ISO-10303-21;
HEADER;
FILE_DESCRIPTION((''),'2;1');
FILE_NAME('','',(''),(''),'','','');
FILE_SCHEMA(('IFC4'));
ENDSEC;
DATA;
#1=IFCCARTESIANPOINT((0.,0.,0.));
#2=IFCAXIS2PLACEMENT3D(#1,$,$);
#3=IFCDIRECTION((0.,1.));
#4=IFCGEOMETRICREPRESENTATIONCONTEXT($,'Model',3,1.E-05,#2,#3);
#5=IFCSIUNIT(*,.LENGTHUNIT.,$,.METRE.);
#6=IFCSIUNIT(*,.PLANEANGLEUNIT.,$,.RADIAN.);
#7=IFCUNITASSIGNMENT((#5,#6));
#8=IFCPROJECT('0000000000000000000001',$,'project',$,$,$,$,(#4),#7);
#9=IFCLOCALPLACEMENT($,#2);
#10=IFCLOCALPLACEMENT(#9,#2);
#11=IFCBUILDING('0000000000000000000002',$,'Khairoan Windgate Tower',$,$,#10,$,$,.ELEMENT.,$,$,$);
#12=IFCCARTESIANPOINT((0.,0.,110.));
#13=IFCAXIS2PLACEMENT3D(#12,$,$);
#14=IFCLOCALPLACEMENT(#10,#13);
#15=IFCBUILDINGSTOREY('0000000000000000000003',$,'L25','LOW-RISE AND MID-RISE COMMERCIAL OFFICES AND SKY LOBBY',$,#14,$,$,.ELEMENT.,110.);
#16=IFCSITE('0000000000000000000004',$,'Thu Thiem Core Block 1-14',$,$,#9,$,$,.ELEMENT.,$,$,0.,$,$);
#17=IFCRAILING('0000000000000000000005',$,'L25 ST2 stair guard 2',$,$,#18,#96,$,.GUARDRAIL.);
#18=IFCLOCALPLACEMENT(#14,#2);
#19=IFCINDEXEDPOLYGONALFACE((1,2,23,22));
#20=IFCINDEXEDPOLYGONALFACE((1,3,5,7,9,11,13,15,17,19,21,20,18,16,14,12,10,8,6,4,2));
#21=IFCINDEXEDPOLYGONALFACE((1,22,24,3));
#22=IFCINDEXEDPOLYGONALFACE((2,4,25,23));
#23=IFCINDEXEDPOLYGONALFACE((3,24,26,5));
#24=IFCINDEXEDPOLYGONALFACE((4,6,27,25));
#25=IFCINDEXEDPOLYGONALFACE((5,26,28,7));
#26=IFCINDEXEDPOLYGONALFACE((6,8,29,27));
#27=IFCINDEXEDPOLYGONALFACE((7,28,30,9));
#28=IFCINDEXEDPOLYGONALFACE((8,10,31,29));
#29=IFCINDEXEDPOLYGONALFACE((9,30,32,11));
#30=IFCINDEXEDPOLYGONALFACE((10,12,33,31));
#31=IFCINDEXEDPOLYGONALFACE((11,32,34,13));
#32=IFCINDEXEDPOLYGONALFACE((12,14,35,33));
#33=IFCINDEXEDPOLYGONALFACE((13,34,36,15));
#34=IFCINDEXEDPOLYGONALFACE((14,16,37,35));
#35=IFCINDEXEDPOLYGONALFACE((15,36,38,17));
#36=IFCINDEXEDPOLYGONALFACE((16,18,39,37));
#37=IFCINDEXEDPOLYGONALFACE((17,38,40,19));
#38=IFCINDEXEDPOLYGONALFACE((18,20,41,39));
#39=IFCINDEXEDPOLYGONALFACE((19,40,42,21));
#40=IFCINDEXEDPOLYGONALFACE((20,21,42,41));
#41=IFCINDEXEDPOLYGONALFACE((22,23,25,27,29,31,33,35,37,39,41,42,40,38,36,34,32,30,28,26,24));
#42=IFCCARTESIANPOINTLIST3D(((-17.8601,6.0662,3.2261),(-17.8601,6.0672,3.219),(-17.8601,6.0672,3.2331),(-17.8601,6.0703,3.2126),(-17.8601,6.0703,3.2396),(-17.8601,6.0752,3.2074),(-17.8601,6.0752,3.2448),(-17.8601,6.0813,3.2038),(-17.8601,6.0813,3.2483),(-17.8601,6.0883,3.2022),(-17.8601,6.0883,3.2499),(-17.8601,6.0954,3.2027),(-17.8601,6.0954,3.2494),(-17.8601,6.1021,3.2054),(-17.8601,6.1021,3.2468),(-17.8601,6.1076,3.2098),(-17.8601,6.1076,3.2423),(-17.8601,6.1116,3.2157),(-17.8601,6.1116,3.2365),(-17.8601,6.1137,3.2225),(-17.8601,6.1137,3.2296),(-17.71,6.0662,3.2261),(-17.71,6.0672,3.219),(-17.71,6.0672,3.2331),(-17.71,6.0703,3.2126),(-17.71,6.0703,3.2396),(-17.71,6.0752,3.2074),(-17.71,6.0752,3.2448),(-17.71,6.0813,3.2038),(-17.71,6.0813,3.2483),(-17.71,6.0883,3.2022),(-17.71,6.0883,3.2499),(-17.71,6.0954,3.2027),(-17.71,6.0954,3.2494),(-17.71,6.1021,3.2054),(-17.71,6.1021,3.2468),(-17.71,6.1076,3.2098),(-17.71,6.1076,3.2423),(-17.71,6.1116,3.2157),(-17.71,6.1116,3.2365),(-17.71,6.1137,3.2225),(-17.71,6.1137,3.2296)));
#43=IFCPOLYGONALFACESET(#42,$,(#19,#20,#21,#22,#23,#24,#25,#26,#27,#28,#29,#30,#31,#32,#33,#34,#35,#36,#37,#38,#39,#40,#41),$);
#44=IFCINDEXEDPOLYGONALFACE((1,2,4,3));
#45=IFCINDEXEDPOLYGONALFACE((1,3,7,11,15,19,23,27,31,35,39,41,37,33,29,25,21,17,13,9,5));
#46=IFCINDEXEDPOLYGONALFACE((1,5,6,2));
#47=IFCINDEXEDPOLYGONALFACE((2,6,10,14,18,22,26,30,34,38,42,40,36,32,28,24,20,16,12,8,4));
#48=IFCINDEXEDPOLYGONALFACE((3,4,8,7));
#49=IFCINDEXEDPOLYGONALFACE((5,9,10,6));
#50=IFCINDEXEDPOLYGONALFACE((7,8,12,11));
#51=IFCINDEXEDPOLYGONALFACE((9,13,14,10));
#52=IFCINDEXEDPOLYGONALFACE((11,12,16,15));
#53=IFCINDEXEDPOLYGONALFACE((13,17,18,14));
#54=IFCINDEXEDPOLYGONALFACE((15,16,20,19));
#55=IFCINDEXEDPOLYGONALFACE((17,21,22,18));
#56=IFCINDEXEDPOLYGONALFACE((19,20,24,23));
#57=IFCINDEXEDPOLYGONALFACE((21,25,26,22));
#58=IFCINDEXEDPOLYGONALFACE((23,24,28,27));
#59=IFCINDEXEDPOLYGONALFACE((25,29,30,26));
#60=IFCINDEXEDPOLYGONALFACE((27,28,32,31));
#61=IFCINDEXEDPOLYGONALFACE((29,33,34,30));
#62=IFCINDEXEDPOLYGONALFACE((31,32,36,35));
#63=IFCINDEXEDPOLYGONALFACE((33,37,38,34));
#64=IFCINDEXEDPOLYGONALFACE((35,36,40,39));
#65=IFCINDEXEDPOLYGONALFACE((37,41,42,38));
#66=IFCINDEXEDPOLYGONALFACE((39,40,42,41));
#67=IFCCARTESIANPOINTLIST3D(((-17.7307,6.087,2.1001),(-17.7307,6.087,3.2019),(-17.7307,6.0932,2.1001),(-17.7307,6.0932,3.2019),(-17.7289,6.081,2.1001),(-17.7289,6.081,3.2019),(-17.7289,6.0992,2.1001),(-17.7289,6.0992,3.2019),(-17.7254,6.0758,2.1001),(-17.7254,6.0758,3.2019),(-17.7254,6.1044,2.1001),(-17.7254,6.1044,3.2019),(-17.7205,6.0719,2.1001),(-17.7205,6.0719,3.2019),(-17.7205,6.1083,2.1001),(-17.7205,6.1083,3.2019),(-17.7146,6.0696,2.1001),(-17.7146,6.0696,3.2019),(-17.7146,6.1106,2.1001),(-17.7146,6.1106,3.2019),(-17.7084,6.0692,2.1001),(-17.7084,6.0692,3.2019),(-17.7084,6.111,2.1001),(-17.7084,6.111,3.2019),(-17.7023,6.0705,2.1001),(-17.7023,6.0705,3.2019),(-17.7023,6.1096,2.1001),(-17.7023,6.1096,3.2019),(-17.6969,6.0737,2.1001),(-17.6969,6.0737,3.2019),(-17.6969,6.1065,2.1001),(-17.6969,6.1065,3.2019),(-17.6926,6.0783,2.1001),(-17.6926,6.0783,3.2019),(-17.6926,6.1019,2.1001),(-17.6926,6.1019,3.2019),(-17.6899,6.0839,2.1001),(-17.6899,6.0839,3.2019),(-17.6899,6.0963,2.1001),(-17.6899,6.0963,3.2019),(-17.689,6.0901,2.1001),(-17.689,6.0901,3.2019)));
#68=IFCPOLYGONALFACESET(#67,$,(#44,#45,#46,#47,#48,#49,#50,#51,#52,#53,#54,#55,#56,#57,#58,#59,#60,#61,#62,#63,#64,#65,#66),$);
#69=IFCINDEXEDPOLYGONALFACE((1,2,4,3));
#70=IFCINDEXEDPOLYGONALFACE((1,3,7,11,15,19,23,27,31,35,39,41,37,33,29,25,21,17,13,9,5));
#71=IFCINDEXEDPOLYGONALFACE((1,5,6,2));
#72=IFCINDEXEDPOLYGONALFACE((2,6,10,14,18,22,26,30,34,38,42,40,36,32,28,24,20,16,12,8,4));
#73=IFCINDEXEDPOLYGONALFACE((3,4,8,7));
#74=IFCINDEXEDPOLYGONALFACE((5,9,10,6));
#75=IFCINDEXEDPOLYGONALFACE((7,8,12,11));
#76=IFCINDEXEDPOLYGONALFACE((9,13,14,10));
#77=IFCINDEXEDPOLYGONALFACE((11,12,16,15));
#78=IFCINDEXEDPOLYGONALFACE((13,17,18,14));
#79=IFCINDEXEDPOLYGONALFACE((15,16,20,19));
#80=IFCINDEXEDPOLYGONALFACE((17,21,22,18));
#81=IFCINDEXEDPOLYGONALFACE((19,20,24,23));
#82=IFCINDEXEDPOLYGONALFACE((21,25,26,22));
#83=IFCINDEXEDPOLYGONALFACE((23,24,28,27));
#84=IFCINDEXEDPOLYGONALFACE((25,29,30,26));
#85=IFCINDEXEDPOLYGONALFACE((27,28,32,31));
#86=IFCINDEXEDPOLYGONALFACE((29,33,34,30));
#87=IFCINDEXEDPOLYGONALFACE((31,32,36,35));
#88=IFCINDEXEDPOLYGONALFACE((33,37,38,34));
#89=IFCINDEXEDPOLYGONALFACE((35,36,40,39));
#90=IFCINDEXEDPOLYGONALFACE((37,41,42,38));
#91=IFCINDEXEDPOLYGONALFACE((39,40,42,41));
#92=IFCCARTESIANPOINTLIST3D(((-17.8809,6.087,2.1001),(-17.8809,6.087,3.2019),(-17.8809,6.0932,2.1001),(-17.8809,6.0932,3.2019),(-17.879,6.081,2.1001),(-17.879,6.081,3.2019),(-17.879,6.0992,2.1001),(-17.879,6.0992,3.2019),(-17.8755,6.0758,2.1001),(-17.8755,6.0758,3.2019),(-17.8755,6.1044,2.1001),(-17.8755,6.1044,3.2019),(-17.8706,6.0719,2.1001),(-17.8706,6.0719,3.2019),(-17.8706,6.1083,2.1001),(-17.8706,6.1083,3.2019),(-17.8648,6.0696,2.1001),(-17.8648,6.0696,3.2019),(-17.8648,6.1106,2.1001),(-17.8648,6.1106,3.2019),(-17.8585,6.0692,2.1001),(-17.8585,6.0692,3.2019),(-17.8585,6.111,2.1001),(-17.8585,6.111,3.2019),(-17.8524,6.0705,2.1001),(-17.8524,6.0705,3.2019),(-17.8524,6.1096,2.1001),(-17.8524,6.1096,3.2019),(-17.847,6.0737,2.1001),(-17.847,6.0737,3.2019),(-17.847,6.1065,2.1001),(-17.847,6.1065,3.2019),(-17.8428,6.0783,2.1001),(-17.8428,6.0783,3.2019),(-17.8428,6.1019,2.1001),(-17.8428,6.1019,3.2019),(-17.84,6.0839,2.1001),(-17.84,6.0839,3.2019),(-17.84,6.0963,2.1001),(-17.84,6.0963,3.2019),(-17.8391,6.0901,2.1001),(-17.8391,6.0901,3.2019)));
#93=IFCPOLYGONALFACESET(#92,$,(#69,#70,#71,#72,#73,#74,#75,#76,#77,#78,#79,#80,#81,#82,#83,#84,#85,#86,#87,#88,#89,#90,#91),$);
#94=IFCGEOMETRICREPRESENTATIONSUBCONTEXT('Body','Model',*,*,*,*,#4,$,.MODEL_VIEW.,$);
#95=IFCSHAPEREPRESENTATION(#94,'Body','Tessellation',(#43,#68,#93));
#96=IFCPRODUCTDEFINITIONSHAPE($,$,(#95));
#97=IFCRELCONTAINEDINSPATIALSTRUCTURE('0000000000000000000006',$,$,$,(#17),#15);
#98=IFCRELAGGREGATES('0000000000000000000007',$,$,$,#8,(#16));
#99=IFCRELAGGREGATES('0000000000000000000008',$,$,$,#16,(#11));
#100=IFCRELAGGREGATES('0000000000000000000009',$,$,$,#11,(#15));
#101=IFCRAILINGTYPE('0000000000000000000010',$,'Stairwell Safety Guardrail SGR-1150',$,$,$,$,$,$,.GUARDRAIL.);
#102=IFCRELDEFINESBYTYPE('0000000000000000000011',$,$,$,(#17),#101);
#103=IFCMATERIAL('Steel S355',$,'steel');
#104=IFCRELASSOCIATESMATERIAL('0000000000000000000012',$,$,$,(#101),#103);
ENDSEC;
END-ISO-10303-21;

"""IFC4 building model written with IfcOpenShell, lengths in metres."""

from ifc_helpers import new_model, si_unit, direction, frame, origin, origin_2d, place, context, subcontext, project, spatial, circle, extrude, material, type_object, element, save


model = new_model("IFC4")

# Units and contexts
model_context = context("Model", 3, precision=1e-05, world=origin(), true_north=direction((0.0, 1.0)))
body_context = subcontext(model_context, "Body", "Model", "MODEL_VIEW")
ifc_project = project(units=[si_unit("LENGTHUNIT", "METRE"), si_unit("PLANEANGLEUNIT", "RADIAN")], contexts=[model_context])

# Site, building, storey
site_placement = place(None, origin())
site = spatial("IfcSite", under=ifc_project, at=site_placement, Name="Thu Thiem Core Block 1-14", CompositionType="ELEMENT", RefElevation=0.0)
building_placement = place(site_placement, origin())
building = spatial("IfcBuilding", under=site, at=building_placement, Name="Khairoan Windgate Tower", CompositionType="ELEMENT")
storey_placement = place(building_placement, frame((0.0, 0.0, 110.0)))
storey = spatial("IfcBuildingStorey", under=building, at=storey_placement, Name="L25", Description="LOW-RISE AND MID-RISE COMMERCIAL OFFICES AND SKY LOBBY", CompositionType="ELEMENT", Elevation=110.0)

# Railing
ifc_material_1 = material(Name="Steel S355", Category="steel")
railing_type_1 = type_object("IfcRailingType", Name="Stairwell Safety Guardrail SGR-1150", PredefinedType="GUARDRAIL", material=ifc_material_1)
railing_1_placement = place(storey_placement, frame((-17.71, 6.0901, 2.1001)))
element("IfcRailing", 1, at=railing_1_placement, inside=storey, type_object=railing_type_1, Name="L25 ST2 stair guard 2", PredefinedType="GUARDRAIL", context=body_context, shape_type="SweptSolid", body=[
    extrude(circle(Radius=0.0239, at=origin_2d()), frame((0.0, 0.0, 1.126), z_axis=(-1.0, 0.0, 0.0), x_axis=(0.0, -1.0, 0.0)), (0.0, 0.0, 1.0), 0.1501),
    extrude(circle(Radius=0.021, at=origin_2d()), origin(), (0.0, 0.0, 1.0), 1.1018),
    extrude(circle(Radius=0.021, at=origin_2d()), frame((-0.1501, 0.0, 0.0)), (0.0, 0.0, 1.0), 1.1018),
])

save(model, "model.ifc")
